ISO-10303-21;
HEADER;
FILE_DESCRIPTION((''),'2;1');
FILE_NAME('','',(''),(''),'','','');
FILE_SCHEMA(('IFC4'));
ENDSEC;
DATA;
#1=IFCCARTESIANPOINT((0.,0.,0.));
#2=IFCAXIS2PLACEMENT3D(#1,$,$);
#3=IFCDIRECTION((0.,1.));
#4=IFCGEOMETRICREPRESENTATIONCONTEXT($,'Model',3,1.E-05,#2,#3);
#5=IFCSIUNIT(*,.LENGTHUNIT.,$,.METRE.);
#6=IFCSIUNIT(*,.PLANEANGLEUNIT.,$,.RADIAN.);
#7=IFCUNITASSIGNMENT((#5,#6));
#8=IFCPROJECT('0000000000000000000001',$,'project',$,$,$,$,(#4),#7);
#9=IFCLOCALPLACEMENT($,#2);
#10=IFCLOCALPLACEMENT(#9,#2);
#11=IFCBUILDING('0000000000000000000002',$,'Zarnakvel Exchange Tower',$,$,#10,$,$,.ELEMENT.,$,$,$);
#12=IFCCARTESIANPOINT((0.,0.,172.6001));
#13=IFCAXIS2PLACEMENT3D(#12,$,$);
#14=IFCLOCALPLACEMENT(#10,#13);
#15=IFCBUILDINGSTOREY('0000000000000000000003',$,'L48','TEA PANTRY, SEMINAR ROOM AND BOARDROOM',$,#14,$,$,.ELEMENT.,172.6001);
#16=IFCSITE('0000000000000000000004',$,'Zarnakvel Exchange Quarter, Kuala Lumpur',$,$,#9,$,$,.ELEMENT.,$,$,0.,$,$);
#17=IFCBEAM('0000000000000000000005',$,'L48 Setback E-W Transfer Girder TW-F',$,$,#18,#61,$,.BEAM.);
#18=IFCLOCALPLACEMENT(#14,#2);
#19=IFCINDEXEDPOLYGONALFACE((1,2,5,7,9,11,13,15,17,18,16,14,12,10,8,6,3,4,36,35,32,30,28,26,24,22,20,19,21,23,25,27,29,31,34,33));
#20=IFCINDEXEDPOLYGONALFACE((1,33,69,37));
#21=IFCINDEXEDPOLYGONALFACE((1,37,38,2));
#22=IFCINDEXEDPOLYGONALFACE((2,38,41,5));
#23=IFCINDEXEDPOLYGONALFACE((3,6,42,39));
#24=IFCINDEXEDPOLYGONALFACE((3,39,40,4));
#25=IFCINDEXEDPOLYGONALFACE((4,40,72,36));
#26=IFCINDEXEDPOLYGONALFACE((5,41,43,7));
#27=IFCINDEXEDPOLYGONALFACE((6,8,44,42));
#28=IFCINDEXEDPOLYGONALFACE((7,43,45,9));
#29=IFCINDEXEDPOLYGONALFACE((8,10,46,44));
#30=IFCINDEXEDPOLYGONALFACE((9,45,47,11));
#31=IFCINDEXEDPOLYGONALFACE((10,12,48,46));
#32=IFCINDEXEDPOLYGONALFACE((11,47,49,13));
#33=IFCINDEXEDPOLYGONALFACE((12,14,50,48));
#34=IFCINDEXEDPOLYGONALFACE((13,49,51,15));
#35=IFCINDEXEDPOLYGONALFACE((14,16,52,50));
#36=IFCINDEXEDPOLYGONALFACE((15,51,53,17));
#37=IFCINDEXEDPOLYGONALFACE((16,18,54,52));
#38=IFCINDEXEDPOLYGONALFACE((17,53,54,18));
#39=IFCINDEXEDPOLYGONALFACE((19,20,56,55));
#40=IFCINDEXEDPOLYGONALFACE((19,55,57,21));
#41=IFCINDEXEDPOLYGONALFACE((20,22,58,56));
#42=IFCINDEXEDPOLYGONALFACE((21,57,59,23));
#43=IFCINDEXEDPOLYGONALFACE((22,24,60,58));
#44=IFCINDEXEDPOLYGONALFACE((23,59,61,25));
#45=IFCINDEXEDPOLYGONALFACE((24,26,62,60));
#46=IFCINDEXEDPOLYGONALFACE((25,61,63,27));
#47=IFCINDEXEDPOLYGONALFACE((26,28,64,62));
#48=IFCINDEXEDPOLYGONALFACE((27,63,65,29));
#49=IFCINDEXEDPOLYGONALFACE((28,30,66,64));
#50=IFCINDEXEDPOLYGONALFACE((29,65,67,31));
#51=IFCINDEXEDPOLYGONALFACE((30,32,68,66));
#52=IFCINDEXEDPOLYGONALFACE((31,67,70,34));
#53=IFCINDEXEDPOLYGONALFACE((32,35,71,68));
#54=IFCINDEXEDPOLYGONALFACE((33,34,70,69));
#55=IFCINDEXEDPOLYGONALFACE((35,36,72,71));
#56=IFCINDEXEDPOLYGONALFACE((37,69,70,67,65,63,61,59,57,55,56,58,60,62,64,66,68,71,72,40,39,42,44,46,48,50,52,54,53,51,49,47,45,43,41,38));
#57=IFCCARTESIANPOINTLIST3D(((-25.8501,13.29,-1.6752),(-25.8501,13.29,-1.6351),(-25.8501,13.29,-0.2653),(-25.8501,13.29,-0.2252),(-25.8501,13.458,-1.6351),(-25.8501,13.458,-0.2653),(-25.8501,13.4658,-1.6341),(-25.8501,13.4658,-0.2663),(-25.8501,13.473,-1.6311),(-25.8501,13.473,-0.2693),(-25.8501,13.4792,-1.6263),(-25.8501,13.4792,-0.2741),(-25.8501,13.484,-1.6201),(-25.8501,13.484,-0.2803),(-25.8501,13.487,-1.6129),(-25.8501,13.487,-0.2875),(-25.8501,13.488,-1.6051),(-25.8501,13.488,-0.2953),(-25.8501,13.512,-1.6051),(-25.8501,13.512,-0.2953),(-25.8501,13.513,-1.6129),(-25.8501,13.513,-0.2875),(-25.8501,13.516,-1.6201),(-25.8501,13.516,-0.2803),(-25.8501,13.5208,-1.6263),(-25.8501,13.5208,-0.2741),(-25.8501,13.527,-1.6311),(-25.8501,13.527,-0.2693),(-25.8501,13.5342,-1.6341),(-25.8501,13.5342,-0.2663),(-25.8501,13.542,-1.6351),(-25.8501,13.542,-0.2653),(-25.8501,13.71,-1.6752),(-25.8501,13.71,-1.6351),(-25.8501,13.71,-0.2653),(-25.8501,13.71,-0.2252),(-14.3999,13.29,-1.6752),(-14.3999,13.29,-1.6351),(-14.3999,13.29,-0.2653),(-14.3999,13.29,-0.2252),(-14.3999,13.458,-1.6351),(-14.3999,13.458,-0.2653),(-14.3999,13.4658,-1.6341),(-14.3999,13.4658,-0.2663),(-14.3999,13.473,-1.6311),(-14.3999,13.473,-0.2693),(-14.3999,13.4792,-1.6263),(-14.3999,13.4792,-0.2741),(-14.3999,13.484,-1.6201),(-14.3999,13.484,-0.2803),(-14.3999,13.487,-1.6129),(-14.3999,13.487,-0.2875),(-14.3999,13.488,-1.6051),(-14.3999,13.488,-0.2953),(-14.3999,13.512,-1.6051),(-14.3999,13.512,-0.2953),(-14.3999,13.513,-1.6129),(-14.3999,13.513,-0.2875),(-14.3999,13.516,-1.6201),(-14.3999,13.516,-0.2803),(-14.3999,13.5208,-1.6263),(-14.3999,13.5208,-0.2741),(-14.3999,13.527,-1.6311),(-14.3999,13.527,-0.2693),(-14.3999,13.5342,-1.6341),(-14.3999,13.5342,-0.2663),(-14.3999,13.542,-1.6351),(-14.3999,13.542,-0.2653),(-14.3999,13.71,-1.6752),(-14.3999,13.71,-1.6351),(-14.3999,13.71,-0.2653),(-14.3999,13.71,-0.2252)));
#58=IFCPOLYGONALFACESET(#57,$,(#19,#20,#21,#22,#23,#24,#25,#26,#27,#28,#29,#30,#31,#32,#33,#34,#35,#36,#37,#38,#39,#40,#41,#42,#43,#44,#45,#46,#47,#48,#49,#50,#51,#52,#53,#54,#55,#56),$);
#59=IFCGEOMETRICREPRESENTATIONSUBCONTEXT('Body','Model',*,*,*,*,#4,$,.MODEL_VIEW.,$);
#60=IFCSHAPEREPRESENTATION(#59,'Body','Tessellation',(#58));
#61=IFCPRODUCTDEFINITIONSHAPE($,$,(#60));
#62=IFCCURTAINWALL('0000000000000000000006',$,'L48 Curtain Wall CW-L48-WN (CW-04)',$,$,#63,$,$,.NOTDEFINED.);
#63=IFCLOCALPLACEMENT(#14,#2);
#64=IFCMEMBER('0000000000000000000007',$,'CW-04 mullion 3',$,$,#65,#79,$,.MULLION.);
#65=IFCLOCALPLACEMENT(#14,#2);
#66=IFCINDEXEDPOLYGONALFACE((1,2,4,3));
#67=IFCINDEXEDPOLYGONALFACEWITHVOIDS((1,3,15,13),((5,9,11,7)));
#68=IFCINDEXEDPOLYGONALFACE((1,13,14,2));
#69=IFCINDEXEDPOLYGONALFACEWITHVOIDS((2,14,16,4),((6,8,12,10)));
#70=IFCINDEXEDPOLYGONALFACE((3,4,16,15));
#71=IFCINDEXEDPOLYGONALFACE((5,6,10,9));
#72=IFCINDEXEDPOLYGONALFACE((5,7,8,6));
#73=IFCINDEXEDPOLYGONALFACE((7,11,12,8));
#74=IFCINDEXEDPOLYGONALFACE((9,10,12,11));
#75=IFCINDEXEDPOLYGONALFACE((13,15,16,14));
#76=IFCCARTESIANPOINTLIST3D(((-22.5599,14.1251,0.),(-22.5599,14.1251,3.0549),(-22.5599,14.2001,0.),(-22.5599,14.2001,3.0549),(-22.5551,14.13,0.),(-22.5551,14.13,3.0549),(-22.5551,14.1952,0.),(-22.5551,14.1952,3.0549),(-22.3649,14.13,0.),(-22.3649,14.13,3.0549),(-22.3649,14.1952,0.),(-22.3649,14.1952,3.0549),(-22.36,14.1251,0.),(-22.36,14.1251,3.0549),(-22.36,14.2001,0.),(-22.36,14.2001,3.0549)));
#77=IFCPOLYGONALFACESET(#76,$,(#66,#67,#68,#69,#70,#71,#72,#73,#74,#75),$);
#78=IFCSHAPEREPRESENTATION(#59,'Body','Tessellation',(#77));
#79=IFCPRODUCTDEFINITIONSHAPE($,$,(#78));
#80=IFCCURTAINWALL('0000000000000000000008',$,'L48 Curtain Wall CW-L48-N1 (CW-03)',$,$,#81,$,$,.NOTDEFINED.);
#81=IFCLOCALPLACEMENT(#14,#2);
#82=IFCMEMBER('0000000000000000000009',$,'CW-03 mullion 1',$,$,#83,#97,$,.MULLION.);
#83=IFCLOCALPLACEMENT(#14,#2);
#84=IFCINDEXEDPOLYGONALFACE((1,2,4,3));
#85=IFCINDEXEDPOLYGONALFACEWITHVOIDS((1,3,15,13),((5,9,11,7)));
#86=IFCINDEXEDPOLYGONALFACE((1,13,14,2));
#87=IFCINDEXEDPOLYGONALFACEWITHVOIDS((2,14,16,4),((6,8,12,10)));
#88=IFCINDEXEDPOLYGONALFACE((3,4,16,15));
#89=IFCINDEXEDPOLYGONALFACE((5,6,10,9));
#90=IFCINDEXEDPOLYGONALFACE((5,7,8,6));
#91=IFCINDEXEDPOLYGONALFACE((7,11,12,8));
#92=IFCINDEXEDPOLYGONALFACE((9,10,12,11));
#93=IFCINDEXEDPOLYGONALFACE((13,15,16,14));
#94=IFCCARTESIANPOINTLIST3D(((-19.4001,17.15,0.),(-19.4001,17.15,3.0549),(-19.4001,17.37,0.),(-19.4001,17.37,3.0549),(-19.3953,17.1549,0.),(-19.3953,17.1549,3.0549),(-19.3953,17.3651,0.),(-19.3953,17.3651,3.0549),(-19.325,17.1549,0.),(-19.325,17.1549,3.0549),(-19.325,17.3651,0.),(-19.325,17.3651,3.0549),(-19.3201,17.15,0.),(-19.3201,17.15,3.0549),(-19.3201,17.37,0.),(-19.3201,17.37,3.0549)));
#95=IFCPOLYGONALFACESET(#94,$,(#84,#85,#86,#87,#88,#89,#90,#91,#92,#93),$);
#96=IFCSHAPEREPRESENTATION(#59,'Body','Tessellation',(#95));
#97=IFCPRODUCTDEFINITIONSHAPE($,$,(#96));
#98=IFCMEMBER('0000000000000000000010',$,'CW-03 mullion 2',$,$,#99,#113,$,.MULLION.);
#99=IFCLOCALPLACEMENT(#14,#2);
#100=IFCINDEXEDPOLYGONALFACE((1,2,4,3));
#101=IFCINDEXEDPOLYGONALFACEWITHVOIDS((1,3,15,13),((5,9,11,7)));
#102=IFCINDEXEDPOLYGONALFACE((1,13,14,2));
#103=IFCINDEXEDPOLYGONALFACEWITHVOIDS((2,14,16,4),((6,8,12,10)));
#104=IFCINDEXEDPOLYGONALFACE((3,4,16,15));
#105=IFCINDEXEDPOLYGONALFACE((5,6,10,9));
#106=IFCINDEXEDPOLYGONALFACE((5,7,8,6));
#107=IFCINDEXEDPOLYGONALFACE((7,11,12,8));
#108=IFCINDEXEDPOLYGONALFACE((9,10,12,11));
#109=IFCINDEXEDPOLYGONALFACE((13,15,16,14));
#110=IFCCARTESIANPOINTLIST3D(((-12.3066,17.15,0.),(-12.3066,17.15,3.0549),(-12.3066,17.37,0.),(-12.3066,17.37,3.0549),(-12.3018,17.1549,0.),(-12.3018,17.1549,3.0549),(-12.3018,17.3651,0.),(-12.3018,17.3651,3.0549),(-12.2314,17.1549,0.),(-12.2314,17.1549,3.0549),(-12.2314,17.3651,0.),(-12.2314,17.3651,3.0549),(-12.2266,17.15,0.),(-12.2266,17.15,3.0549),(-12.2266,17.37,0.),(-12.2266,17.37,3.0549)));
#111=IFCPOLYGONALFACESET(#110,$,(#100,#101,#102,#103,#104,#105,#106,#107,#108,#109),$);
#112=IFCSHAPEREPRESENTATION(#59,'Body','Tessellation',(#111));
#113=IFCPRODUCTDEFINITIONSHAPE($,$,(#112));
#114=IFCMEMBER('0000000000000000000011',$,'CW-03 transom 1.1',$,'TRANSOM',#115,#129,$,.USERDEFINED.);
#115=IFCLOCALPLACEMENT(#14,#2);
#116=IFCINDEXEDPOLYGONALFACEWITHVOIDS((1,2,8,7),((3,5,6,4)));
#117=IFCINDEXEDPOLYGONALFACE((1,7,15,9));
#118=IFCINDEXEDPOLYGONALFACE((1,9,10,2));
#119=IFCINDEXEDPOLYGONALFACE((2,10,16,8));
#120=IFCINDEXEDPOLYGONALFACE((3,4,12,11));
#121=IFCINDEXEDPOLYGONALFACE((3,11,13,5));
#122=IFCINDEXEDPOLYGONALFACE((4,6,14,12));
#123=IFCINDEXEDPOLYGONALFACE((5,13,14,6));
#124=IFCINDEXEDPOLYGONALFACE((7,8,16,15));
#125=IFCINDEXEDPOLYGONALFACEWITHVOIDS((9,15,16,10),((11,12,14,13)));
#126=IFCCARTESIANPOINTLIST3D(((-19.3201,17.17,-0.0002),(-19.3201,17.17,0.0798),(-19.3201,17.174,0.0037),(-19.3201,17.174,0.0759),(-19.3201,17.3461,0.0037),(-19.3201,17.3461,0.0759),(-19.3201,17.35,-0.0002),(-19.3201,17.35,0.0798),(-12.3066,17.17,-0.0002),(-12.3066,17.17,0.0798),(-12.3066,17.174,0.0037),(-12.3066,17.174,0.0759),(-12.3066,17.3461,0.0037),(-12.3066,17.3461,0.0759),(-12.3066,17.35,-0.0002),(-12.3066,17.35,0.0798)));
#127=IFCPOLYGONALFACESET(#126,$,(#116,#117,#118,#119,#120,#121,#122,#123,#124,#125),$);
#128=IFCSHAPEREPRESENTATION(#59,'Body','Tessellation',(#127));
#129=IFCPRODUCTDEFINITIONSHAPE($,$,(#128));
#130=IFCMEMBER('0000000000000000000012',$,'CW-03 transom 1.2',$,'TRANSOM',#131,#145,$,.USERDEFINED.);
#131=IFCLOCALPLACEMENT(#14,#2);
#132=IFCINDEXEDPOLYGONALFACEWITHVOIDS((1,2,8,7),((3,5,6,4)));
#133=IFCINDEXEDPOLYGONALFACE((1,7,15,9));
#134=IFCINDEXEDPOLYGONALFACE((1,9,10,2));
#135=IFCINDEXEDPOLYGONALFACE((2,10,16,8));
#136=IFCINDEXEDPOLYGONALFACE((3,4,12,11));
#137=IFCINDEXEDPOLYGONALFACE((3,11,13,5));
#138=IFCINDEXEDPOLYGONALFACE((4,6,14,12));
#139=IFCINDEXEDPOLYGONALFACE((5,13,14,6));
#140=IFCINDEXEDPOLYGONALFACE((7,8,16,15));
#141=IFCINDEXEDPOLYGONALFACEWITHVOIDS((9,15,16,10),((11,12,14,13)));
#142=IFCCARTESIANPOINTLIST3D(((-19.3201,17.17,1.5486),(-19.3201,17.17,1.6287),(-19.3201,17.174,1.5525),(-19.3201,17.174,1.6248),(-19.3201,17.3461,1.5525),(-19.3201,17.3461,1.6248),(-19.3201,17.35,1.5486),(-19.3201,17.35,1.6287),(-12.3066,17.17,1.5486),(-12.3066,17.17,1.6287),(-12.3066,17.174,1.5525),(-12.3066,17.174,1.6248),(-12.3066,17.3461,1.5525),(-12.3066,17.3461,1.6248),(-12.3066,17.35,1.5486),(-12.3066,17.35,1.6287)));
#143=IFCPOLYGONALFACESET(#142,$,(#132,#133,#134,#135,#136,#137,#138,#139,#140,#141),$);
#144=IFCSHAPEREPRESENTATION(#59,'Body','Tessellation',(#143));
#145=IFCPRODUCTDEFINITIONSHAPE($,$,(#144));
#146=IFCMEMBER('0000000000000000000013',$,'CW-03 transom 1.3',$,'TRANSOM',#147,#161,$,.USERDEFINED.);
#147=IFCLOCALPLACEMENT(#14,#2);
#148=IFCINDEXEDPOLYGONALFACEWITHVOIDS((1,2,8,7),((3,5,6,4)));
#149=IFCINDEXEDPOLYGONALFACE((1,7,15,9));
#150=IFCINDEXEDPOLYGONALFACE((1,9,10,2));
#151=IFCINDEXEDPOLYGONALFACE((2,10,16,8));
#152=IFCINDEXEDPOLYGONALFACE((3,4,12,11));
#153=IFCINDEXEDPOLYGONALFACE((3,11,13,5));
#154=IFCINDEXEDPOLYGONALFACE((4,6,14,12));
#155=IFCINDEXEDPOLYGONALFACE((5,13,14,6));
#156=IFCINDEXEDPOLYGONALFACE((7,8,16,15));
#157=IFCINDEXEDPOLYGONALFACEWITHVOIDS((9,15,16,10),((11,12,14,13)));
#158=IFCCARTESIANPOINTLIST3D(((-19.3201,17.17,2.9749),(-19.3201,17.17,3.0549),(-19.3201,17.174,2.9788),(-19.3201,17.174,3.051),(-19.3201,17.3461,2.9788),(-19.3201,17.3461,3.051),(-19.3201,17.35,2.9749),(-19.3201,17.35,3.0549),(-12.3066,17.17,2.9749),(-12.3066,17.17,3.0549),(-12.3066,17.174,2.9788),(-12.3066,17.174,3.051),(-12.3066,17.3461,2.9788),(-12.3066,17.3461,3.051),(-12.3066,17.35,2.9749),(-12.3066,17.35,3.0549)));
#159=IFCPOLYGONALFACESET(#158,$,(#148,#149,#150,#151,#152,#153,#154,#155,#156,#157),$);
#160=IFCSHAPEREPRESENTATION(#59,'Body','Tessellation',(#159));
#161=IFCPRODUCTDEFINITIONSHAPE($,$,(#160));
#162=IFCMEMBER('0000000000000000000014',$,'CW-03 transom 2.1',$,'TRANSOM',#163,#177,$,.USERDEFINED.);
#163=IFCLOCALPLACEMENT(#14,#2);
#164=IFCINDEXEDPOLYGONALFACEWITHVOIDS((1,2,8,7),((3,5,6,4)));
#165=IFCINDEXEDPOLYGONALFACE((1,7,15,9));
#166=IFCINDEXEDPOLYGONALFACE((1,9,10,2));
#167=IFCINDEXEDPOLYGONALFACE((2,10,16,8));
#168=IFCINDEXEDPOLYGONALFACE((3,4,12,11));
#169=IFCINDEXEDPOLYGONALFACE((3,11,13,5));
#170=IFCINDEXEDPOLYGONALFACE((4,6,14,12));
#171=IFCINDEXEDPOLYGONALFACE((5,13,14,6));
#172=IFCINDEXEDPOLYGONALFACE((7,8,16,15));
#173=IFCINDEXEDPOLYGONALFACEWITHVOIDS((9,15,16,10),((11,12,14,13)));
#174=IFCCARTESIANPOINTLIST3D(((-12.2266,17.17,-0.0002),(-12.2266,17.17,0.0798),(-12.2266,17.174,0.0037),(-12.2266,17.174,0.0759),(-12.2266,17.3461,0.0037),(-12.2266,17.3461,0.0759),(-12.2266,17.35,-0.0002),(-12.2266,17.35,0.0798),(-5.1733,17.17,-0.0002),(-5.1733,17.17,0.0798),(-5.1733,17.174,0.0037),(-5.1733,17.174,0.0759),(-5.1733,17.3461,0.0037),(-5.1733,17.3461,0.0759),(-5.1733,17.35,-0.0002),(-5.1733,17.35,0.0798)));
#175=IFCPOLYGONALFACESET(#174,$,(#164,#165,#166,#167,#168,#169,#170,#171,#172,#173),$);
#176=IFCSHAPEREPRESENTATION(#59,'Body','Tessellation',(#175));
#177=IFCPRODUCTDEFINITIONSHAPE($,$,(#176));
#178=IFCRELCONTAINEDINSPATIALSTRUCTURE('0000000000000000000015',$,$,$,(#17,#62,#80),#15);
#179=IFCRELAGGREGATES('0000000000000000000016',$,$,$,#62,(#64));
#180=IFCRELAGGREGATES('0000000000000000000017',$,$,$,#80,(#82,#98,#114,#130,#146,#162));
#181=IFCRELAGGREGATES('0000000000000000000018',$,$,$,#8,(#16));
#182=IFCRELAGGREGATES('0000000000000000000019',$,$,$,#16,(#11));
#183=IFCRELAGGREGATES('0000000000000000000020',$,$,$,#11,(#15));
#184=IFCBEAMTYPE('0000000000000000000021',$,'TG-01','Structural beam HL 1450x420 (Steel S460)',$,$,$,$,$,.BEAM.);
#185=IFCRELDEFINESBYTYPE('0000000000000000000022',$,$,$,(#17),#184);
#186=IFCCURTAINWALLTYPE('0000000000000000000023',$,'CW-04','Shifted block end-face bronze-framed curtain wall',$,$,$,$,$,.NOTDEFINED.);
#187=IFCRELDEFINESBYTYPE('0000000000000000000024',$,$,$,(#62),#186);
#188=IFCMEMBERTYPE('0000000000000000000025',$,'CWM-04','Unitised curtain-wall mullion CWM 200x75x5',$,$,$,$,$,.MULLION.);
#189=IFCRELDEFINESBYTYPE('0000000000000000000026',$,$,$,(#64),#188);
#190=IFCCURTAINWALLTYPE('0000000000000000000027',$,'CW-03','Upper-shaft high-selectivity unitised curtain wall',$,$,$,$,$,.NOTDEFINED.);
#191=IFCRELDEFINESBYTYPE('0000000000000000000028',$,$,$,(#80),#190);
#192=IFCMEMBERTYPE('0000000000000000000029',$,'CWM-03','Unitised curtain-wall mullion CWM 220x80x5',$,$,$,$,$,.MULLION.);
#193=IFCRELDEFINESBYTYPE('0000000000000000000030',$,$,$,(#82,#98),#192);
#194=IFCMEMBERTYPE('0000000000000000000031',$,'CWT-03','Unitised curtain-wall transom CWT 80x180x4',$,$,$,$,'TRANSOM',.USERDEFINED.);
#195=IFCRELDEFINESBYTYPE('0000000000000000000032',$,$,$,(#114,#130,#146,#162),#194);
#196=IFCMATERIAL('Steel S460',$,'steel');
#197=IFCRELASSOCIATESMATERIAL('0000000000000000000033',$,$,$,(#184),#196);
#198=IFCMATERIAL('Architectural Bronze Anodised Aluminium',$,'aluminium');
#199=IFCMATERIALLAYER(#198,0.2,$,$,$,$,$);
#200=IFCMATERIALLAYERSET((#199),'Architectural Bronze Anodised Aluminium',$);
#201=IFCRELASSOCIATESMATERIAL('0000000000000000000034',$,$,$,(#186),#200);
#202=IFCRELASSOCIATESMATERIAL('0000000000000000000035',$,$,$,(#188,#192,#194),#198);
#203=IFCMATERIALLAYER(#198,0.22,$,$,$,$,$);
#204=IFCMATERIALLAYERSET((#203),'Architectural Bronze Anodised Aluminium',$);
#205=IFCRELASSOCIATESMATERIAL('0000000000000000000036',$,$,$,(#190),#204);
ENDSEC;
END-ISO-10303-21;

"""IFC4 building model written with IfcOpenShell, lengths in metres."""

from ifc_helpers import new_model, si_unit, direction, frame, origin, origin_2d, place, context, subcontext, project, spatial, hollow_rectangle, i_section, extrude, source, transform, mapped, material, layer, layer_set, material_profile, profile_set, type_object, element, aggregate, save


model = new_model("IFC4")

# Units and contexts
model_context = context("Model", 3, precision=1e-05, world=origin(), true_north=direction((0.0, 1.0)))
body_context = subcontext(model_context, "Body", "Model", "MODEL_VIEW")
ifc_project = project(units=[si_unit("LENGTHUNIT", "METRE"), si_unit("PLANEANGLEUNIT", "RADIAN")], contexts=[model_context])

# Site, building, storey
site_placement = place(None, origin())
site = spatial("IfcSite", under=ifc_project, at=site_placement, Name="Zarnakvel Exchange Quarter, Kuala Lumpur", CompositionType="ELEMENT", RefElevation=0.0)
building_placement = place(site_placement, origin())
building = spatial("IfcBuilding", under=site, at=building_placement, Name="Zarnakvel Exchange Tower", CompositionType="ELEMENT")
storey_placement = place(building_placement, frame((0.0, 0.0, 172.6001)))
storey = spatial("IfcBuildingStorey", under=building, at=storey_placement, Name="L48", Description="TEA PANTRY, SEMINAR ROOM AND BOARDROOM", CompositionType="ELEMENT", Elevation=172.6001)

# Beam
ifc_material_1 = material(Name="Steel S460", Category="steel")
ifc_material_profile_1 = material_profile(ifc_material_1, i_section(OverallWidth=0.4199, OverallDepth=1.45, WebThickness=0.0239, FlangeThickness=0.04, FilletRadius=0.03, at=origin_2d()))
ifc_profile_set_1 = profile_set([ifc_material_profile_1], Name="Steel S460")
beam_type_1 = type_object("IfcBeamType", Name="TG-01", Description="Structural beam HL 1450x420 (Steel S460)", PredefinedType="BEAM", material=ifc_profile_set_1)
beam_1_placement = place(storey_placement, frame((-25.8501, 13.5, -0.9502), z_axis=(1.0, 0.0, 0.0), x_axis=(0.0, 1.0, 0.0)))
element("IfcBeam", 1, at=beam_1_placement, inside=storey, type_object=beam_type_1, Name="L48 Setback E-W Transfer Girder TW-F", PredefinedType="BEAM", context=body_context, shape_type="SweptSolid", body=[
    extrude(i_section(OverallWidth=0.4199, OverallDepth=1.45, WebThickness=0.0239, FlangeThickness=0.04, FilletRadius=0.03, at=origin_2d()), origin(), (0.0, 0.0, 1.0), 11.4502),
])

# Curtain wall, member
ifc_material_2 = material(Name="Architectural Bronze Anodised Aluminium", Category="aluminium")
ifc_layer_1 = layer(ifc_material_2, 0.2)
ifc_layer_set_1 = layer_set([ifc_layer_1], Name="Architectural Bronze Anodised Aluminium")
curtain_wall_type_1 = type_object("IfcCurtainWallType", Name="CW-04", Description="Shifted block end-face bronze-framed curtain wall", PredefinedType="NOTDEFINED", material=ifc_layer_set_1)
curtain_wall_1_placement = place(storey_placement, origin())
curtain_wall_1 = element("IfcCurtainWall", 2, at=curtain_wall_1_placement, inside=storey, type_object=curtain_wall_type_1, Name="L48 Curtain Wall CW-L48-WN (CW-04)", PredefinedType="NOTDEFINED")
ifc_material_profile_2 = material_profile(ifc_material_2, hollow_rectangle(XDim=0.2, YDim=0.075, WallThickness=0.0049, at=origin_2d()))
ifc_profile_set_2 = profile_set([ifc_material_profile_2], Name="Architectural Bronze Anodised Aluminium")
member_type_1 = type_object("IfcMemberType", Name="CWM-04", Description="Unitised curtain-wall mullion CWM 200x75x5", PredefinedType="MULLION", material=ifc_profile_set_2)
shared_shape_1 = source(origin(), body_context, "Body", "SweptSolid", [
    extrude(hollow_rectangle(XDim=0.2, YDim=0.075, WallThickness=0.0049, at=origin_2d()), origin(), (0.0, 0.0, 1.0), 3.0549),
])
member_1_placement = place(storey_placement, frame((-22.46, 14.1626, 0.0), z_axis=(0.0, 0.0, 1.0), x_axis=(-1.0, 0.0, 0.0)))
member_1 = element("IfcMember", 3, at=member_1_placement, type_object=member_type_1, Name="CW-04 mullion 3", PredefinedType="MULLION", context=body_context, shape_type="MappedRepresentation", body=[
    mapped(shared_shape_1, transform((0.0, 0.0, 0.0), x_axis=(1.0, 0.0, 0.0), y_axis=(0.0, 1.0, 0.0), z_axis=(0.0, 0.0, 1.0), scale=1.0)),
])
aggregate(curtain_wall_1, [member_1])

# Curtain wall, members
ifc_layer_2 = layer(ifc_material_2, 0.22)
ifc_layer_set_2 = layer_set([ifc_layer_2], Name="Architectural Bronze Anodised Aluminium")
curtain_wall_type_2 = type_object("IfcCurtainWallType", Name="CW-03", Description="Upper-shaft high-selectivity unitised curtain wall", PredefinedType="NOTDEFINED", material=ifc_layer_set_2)
curtain_wall_2_placement = place(storey_placement, origin())
curtain_wall_2 = element("IfcCurtainWall", 4, at=curtain_wall_2_placement, inside=storey, type_object=curtain_wall_type_2, Name="L48 Curtain Wall CW-L48-N1 (CW-03)", PredefinedType="NOTDEFINED")
ifc_material_profile_3 = material_profile(ifc_material_2, hollow_rectangle(XDim=0.22, YDim=0.0801, WallThickness=0.0049, at=origin_2d()))
ifc_profile_set_3 = profile_set([ifc_material_profile_3], Name="Architectural Bronze Anodised Aluminium")
member_type_2 = type_object("IfcMemberType", Name="CWM-03", Description="Unitised curtain-wall mullion CWM 220x80x5", PredefinedType="MULLION", material=ifc_profile_set_3)
shared_shape_2 = source(origin(), body_context, "Body", "SweptSolid", [
    extrude(hollow_rectangle(XDim=0.22, YDim=0.0801, WallThickness=0.0049, at=origin_2d()), origin(), (0.0, 0.0, 1.0), 3.0549),
])
member_2_placement = place(storey_placement, frame((-19.3601, 17.26, 0.0), z_axis=(0.0, 0.0, 1.0), x_axis=(0.0, 1.0, 0.0)))
member_2 = element("IfcMember", 5, at=member_2_placement, type_object=member_type_2, Name="CW-03 mullion 1", PredefinedType="MULLION", context=body_context, shape_type="MappedRepresentation", body=[
    mapped(shared_shape_2, transform((0.0, 0.0, 0.0), x_axis=(1.0, 0.0, 0.0), y_axis=(0.0, 1.0, 0.0), z_axis=(0.0, 0.0, 1.0), scale=1.0)),
])
member_3_placement = place(storey_placement, frame((-12.2666, 17.26, 0.0), z_axis=(0.0, 0.0, 1.0), x_axis=(0.0, 1.0, 0.0)))
member_3 = element("IfcMember", 6, at=member_3_placement, type_object=member_type_2, Name="CW-03 mullion 2", PredefinedType="MULLION", context=body_context, shape_type="MappedRepresentation", body=[
    mapped(shared_shape_2, transform((0.0, 0.0, 0.0), x_axis=(1.0, 0.0, 0.0), y_axis=(0.0, 1.0, 0.0), z_axis=(0.0, 0.0, 1.0), scale=1.0)),
])
ifc_material_profile_4 = material_profile(ifc_material_2, hollow_rectangle(XDim=0.1799, YDim=0.0801, WallThickness=0.0039, at=origin_2d()))
ifc_profile_set_4 = profile_set([ifc_material_profile_4], Name="Architectural Bronze Anodised Aluminium")
member_type_3 = type_object("IfcMemberType", Name="CWT-03", Description="Unitised curtain-wall transom CWT 80x180x4", ElementType="TRANSOM", PredefinedType="USERDEFINED", material=ifc_profile_set_4)
shared_shape_3 = source(origin(), body_context, "Body", "SweptSolid", [
    extrude(hollow_rectangle(XDim=0.1799, YDim=0.0801, WallThickness=0.0039, at=origin_2d()), origin(), (0.0, 0.0, 1.0), 7.0134),
])
member_4_placement = place(storey_placement, frame((-19.3201, 17.26, 0.0398), z_axis=(1.0, 0.0, 0.0), x_axis=(0.0, 1.0, 0.0)))
member_4 = element("IfcMember", 7, at=member_4_placement, type_object=member_type_3, Name="CW-03 transom 1.1", ObjectType="TRANSOM", PredefinedType="USERDEFINED", context=body_context, shape_type="MappedRepresentation", body=[
    mapped(shared_shape_3, transform((0.0, 0.0, 0.0), x_axis=(1.0, 0.0, 0.0), y_axis=(0.0, 1.0, 0.0), z_axis=(0.0, 0.0, 1.0), scale=1.0)),
])
member_5_placement = place(storey_placement, frame((-19.3201, 17.26, 1.5886), z_axis=(1.0, 0.0, 0.0), x_axis=(0.0, 1.0, 0.0)))
member_5 = element("IfcMember", 8, at=member_5_placement, type_object=member_type_3, Name="CW-03 transom 1.2", ObjectType="TRANSOM", PredefinedType="USERDEFINED", context=body_context, shape_type="MappedRepresentation", body=[
    mapped(shared_shape_3, transform((0.0, 0.0, 0.0), x_axis=(1.0, 0.0, 0.0), y_axis=(0.0, 1.0, 0.0), z_axis=(0.0, 0.0, 1.0), scale=1.0)),
])
member_6_placement = place(storey_placement, frame((-19.3201, 17.26, 3.0149), z_axis=(1.0, 0.0, 0.0), x_axis=(0.0, 1.0, 0.0)))
member_6 = element("IfcMember", 9, at=member_6_placement, type_object=member_type_3, Name="CW-03 transom 1.3", ObjectType="TRANSOM", PredefinedType="USERDEFINED", context=body_context, shape_type="MappedRepresentation", body=[
    mapped(shared_shape_3, transform((0.0, 0.0, 0.0), x_axis=(1.0, 0.0, 0.0), y_axis=(0.0, 1.0, 0.0), z_axis=(0.0, 0.0, 1.0), scale=1.0)),
])
shared_shape_4 = source(origin(), body_context, "Body", "SweptSolid", [
    extrude(hollow_rectangle(XDim=0.1799, YDim=0.0801, WallThickness=0.0039, at=origin_2d()), origin(), (0.0, 0.0, 1.0), 7.0532),
])
member_7_placement = place(storey_placement, frame((-12.2266, 17.26, 0.0398), z_axis=(1.0, 0.0, 0.0), x_axis=(0.0, 1.0, 0.0)))
member_7 = element("IfcMember", 10, at=member_7_placement, type_object=member_type_3, Name="CW-03 transom 2.1", ObjectType="TRANSOM", PredefinedType="USERDEFINED", context=body_context, shape_type="MappedRepresentation", body=[
    mapped(shared_shape_4, transform((0.0, 0.0, 0.0), x_axis=(1.0, 0.0, 0.0), y_axis=(0.0, 1.0, 0.0), z_axis=(0.0, 0.0, 1.0), scale=1.0)),
])
aggregate(curtain_wall_2, [member_2, member_3, member_4, member_5, member_6, member_7])

save(model, "model.ifc")
